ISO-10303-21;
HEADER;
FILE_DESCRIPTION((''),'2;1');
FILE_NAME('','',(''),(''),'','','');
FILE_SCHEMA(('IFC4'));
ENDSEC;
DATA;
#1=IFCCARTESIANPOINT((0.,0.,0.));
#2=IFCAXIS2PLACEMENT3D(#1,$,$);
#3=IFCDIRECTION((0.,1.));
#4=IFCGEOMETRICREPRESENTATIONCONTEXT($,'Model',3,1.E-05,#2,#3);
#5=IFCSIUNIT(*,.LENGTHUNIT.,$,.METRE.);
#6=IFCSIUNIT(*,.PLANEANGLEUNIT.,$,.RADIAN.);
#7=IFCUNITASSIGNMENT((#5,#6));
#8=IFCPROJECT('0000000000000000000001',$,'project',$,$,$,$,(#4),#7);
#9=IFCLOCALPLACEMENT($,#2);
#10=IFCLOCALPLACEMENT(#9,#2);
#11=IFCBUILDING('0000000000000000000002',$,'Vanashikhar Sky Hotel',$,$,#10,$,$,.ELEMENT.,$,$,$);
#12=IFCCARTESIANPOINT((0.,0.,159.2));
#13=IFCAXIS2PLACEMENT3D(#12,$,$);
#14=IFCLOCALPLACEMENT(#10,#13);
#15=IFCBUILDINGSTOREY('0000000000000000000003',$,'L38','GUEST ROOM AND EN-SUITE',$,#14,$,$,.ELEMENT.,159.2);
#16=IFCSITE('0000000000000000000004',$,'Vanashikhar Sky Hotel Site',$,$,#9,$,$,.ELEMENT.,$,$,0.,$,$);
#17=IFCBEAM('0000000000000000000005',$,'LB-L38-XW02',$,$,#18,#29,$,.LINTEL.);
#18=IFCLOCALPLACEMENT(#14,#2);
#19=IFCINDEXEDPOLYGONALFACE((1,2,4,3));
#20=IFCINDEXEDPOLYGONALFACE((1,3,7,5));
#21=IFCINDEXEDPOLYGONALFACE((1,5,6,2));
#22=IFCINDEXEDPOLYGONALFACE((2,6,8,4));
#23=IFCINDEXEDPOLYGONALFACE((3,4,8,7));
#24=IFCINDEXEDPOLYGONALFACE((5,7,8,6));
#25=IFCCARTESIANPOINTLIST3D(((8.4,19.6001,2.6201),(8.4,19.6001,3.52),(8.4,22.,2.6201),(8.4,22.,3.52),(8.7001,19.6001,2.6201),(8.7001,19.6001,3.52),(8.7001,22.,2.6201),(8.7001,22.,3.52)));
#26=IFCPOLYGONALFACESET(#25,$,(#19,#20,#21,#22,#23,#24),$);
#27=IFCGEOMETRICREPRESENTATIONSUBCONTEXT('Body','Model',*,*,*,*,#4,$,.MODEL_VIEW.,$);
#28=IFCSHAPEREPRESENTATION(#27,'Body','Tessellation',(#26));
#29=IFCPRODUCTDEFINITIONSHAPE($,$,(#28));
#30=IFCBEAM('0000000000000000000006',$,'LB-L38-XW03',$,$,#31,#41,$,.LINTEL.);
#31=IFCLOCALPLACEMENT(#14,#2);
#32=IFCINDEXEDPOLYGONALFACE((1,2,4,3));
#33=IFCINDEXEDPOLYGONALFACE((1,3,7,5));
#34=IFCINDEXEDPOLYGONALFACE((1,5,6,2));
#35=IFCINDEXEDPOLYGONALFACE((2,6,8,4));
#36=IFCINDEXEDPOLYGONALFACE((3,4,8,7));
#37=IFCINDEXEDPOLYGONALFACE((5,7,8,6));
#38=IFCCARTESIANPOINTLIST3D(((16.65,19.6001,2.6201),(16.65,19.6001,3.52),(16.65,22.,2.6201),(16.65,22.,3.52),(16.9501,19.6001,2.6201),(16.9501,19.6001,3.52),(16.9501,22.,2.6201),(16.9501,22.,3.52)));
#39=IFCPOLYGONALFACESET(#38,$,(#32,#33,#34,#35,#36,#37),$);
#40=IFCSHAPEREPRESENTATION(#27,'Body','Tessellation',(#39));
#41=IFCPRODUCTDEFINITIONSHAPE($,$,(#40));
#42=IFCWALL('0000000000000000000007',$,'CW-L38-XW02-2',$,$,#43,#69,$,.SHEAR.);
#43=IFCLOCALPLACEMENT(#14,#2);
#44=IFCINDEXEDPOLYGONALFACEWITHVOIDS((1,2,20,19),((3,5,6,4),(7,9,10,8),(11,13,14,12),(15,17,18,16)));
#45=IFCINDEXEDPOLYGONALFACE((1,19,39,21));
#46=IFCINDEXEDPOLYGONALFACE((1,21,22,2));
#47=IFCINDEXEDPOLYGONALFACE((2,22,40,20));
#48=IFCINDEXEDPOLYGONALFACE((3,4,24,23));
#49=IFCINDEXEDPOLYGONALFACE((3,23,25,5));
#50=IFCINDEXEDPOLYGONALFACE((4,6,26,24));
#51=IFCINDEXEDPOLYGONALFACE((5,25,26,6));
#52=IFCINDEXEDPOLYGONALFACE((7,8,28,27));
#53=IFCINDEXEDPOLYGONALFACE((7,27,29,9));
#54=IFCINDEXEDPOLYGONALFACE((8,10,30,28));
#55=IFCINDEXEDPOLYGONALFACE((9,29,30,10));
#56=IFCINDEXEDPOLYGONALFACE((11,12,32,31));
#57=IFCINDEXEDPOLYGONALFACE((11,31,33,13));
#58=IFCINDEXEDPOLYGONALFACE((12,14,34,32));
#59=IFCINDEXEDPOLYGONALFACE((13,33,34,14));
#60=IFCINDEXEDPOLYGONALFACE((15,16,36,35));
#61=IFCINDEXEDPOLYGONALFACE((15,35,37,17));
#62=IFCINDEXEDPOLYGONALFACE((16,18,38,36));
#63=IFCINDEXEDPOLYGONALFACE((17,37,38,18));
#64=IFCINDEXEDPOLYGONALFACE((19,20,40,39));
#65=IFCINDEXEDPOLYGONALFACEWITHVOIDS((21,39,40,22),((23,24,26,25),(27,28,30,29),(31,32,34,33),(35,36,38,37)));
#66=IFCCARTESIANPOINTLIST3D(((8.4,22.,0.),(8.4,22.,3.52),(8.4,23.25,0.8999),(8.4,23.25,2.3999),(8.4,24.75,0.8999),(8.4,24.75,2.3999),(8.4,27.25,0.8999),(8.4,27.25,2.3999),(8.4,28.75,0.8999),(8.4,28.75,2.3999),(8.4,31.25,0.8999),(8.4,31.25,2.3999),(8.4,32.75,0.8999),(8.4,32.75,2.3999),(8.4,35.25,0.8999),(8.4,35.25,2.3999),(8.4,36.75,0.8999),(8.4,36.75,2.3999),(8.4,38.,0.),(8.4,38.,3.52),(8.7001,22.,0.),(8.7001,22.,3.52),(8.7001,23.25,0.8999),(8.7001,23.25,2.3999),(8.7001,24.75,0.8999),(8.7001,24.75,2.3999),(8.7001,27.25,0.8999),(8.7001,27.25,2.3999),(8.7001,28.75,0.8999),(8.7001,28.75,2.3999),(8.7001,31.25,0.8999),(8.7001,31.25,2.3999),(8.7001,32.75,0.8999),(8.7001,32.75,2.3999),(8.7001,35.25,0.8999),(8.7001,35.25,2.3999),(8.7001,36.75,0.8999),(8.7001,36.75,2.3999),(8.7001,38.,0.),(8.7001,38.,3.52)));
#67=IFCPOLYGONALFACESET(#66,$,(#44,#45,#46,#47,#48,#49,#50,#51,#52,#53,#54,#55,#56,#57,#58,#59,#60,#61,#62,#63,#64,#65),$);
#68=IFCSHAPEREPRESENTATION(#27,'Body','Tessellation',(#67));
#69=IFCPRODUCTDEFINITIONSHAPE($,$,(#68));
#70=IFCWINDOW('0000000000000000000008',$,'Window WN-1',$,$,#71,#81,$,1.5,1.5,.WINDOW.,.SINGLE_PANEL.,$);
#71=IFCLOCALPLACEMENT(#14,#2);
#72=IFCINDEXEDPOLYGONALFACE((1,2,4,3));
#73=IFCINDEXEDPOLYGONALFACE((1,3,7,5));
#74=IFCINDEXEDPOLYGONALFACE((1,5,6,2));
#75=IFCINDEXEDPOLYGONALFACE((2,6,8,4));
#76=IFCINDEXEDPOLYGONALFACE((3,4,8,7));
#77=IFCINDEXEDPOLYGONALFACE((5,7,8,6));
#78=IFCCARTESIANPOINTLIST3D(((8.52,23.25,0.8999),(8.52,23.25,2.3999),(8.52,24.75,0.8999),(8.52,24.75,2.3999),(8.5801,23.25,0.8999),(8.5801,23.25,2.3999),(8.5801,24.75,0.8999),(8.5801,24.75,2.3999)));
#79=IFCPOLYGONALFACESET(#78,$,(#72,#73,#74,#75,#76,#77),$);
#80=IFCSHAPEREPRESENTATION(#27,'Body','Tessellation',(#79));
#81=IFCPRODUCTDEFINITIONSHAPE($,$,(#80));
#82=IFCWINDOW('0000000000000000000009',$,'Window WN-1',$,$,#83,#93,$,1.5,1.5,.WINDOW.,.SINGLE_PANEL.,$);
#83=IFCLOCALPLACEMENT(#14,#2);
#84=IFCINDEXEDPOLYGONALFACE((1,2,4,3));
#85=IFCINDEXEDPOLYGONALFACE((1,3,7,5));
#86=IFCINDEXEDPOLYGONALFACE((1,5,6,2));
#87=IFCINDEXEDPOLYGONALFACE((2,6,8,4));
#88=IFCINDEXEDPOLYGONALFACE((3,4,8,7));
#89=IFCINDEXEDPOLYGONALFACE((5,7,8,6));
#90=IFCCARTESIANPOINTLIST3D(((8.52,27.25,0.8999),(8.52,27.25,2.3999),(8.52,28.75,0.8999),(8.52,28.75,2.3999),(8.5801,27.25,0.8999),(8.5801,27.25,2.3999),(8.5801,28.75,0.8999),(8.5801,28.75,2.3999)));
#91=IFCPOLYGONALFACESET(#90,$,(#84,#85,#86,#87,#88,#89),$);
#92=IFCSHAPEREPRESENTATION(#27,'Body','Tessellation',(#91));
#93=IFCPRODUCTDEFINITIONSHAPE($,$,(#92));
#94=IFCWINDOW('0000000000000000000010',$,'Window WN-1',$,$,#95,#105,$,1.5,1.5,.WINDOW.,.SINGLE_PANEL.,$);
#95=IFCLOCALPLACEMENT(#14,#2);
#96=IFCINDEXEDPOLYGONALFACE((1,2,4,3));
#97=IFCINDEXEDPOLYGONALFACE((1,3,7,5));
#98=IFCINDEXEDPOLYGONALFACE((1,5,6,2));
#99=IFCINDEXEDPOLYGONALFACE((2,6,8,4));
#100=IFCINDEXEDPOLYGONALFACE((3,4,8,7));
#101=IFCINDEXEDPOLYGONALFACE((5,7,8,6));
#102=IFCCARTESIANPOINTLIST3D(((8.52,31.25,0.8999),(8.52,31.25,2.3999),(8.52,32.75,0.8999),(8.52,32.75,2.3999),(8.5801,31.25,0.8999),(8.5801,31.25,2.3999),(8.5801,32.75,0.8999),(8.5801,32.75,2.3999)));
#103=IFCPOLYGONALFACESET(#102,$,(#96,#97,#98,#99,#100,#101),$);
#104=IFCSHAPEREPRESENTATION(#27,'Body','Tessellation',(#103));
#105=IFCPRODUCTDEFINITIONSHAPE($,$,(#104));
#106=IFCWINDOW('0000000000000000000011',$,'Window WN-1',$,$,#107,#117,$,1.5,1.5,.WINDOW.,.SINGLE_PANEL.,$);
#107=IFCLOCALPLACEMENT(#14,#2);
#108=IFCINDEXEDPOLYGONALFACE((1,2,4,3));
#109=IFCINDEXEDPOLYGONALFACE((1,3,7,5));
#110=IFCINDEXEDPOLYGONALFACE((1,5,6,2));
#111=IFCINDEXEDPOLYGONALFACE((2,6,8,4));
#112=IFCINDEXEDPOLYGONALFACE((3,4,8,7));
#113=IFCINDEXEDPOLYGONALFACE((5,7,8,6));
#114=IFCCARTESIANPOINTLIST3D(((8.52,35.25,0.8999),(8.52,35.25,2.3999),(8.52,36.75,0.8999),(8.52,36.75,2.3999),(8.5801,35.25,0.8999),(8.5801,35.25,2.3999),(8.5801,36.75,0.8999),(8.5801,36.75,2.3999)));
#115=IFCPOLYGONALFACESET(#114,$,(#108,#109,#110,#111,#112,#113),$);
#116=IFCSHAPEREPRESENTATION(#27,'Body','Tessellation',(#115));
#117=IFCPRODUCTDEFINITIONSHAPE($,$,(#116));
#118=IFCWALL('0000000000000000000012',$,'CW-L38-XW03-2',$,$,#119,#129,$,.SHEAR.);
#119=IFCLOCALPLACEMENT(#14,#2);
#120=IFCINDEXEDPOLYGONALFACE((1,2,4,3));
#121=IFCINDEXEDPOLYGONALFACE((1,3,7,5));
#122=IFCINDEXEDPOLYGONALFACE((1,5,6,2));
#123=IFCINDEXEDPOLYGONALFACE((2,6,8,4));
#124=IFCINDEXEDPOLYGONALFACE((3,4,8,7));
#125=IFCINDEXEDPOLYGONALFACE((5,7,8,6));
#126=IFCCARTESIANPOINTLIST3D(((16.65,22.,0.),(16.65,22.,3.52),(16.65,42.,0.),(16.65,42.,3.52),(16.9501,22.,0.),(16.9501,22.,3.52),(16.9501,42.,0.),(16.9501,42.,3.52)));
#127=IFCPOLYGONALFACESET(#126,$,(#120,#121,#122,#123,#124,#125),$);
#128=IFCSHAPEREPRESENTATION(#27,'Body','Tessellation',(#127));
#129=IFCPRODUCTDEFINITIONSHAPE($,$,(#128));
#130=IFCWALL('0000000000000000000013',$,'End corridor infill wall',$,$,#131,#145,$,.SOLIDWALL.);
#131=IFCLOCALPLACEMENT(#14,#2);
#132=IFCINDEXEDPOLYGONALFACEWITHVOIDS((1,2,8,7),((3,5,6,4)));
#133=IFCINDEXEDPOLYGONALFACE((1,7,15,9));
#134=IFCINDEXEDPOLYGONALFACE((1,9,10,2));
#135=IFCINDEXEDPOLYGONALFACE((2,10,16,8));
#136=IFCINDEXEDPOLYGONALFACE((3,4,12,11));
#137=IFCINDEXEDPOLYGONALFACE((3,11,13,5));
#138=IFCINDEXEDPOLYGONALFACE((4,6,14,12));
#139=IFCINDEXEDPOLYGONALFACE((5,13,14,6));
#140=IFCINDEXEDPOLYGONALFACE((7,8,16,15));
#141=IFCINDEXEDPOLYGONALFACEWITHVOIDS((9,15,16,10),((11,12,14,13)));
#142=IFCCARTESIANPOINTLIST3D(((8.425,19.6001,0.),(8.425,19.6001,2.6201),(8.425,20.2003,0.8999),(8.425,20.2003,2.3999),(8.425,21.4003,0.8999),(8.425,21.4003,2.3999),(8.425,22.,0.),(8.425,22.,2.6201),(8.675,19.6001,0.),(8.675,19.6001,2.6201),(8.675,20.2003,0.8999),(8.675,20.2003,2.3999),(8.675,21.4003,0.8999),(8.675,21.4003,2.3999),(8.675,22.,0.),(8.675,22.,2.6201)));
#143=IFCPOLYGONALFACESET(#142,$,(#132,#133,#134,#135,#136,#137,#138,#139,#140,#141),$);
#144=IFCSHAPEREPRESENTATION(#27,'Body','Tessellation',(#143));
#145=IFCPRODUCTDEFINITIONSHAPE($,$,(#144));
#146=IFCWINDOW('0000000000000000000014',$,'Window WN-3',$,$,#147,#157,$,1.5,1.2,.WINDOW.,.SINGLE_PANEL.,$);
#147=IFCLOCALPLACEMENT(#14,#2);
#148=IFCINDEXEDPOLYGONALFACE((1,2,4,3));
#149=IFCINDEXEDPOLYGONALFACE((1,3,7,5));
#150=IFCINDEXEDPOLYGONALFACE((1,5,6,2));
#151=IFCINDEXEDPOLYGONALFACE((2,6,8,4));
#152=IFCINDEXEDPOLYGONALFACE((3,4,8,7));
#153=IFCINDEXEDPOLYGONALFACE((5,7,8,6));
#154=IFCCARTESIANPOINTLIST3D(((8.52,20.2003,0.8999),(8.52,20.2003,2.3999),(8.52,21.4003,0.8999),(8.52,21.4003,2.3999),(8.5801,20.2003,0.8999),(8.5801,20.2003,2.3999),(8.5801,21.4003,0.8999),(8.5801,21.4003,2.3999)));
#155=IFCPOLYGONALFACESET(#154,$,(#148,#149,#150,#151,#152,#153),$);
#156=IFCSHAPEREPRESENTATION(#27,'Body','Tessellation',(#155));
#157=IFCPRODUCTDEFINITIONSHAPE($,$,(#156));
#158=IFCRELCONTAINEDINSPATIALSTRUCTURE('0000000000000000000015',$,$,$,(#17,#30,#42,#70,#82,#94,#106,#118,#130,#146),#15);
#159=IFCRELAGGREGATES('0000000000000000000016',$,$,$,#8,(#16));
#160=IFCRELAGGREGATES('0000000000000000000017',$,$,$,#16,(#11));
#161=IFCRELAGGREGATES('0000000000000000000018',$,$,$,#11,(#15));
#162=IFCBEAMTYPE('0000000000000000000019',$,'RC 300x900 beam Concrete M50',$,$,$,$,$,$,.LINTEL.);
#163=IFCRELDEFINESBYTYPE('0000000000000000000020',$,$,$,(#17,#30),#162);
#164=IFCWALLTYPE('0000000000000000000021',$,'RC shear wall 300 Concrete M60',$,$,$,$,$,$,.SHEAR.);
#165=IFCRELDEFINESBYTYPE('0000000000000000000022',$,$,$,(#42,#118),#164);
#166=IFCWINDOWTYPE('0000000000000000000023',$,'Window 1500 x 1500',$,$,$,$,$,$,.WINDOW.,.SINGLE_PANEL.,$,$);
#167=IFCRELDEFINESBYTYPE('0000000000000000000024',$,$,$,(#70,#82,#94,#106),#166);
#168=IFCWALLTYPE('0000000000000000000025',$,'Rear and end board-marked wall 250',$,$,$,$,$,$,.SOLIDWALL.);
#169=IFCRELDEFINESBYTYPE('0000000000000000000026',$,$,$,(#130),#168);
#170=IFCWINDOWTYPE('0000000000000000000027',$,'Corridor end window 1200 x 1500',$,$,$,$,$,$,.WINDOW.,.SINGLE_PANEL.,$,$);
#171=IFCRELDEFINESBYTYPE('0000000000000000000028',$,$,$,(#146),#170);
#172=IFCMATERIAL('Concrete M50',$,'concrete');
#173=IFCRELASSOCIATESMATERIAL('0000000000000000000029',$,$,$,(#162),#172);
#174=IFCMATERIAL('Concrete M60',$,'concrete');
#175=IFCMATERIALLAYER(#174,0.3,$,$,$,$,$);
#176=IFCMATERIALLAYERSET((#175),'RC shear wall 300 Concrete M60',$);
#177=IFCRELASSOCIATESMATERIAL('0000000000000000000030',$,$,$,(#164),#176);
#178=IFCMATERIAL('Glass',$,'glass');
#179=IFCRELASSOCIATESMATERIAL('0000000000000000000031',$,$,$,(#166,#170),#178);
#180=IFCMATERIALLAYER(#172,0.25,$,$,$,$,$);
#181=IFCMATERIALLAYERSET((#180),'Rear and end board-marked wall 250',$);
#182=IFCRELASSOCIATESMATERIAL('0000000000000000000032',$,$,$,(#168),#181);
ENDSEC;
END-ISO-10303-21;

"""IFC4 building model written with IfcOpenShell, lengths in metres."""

from ifc_helpers import new_model, si_unit, direction, frame, frame_2d, origin, origin_2d, place, context, subcontext, project, spatial, rectangle, extrude, source, transform, mapped, material, layer, layer_set, material_profile, profile_set, type_object, element, fill, save


model = new_model("IFC4")

# Units and contexts
model_context = context("Model", 3, precision=1e-05, world=origin(), true_north=direction((0.0, 1.0)))
body_context = subcontext(model_context, "Body", "Model", "MODEL_VIEW")
ifc_project = project(units=[si_unit("LENGTHUNIT", "METRE"), si_unit("PLANEANGLEUNIT", "RADIAN")], contexts=[model_context])

# Site, building, storey
site_placement = place(None, origin())
site = spatial("IfcSite", under=ifc_project, at=site_placement, Name="Vanashikhar Sky Hotel Site", CompositionType="ELEMENT", RefElevation=0.0)
building_placement = place(site_placement, origin())
building = spatial("IfcBuilding", under=site, at=building_placement, Name="Vanashikhar Sky Hotel", CompositionType="ELEMENT")
storey_placement = place(building_placement, frame((0.0, 0.0, 159.2)))
storey = spatial("IfcBuildingStorey", under=building, at=storey_placement, Name="L38", Description="GUEST ROOM AND EN-SUITE", CompositionType="ELEMENT", Elevation=159.2)

# Beams
ifc_material_1 = material(Name="Concrete M50", Category="concrete")
ifc_material_profile = material_profile(ifc_material_1, rectangle(XDim=0.3, YDim=0.8999, at=origin_2d()))
ifc_profile_set = profile_set([ifc_material_profile], Name="RC 300x900 beam Concrete M50")
beam_type = type_object("IfcBeamType", Name="RC 300x900 beam Concrete M50", PredefinedType="LINTEL", material=ifc_profile_set)
shared_shape_1 = source(origin(), body_context, "Body", "SweptSolid", [
    extrude(rectangle(XDim=0.3, YDim=0.8999, at=origin_2d()), origin(), (0.0, 0.0, 1.0), 2.3999),
])
for number, where, z_axis, x_axis, name in (
    (1, (8.55, 19.6001, 3.0701), (0.0, 1.0, 0.0), (-1.0, 0.0, 0.0), "LB-L38-XW02"),
    (2, (16.8, 19.6001, 3.0701), (0.0, 1.0, 0.0), (-1.0, 0.0, 0.0), "LB-L38-XW03"),
):
    element("IfcBeam", number, at=place(storey_placement, frame(where, z_axis=z_axis, x_axis=x_axis)), inside=storey, type_object=beam_type, Name=name, PredefinedType="LINTEL", context=body_context, shape_type="MappedRepresentation", body=[
        mapped(shared_shape_1, transform((0.0, 0.0, 0.0), scale=1.0)),
    ])

# Wall, openings, windows
ifc_material_2 = material(Name="Concrete M60", Category="concrete")
ifc_layer_1 = layer(ifc_material_2, 0.3)
ifc_layer_set_1 = layer_set([ifc_layer_1], Name="RC shear wall 300 Concrete M60")
wall_type_1 = type_object("IfcWallType", Name="RC shear wall 300 Concrete M60", PredefinedType="SHEAR", material=ifc_layer_set_1)
shared_shape_2 = source(origin(), body_context, "Body", "SweptSolid", [
    extrude(rectangle(XDim=16.0, YDim=0.3, at=frame_2d((8.0, 0.0))), origin(), (0.0, 0.0, 1.0), 3.52),
])
wall_1_placement = place(storey_placement, frame((8.55, 22.0, 0.0), z_axis=(0.0, 0.0, 1.0), x_axis=(0.0, 1.0, 0.0)))
wall_1 = element("IfcWall", 3, at=wall_1_placement, inside=storey, type_object=wall_type_1, Name="CW-L38-XW02-2", PredefinedType="SHEAR", context=body_context, shape_type="MappedRepresentation", body=[
    mapped(shared_shape_2, transform((0.0, 0.0, 0.0), scale=1.0)),
])
shared_shape_3 = source(origin(), body_context, "Body", "SweptSolid", [
    extrude(rectangle(XDim=1.5, YDim=1.5, at=frame_2d((0.75, 0.75))), frame((0.0, 0.1602, 0.0), z_axis=(0.0, -1.0, 0.0), x_axis=(1.0, 0.0, 0.0)), (0.0, 0.0, 1.0), 0.3201),
])
opening_1_placement = place(wall_1_placement, frame((1.25, 0.0, 0.8999)))
opening_1 = element("IfcOpeningElement", 4, at=opening_1_placement, cuts=wall_1, PredefinedType="OPENING", context=body_context, shape_type="MappedRepresentation", body=[
    mapped(shared_shape_3, transform((0.0, 0.0, 0.0), scale=1.0)),
])
opening_2_placement = place(wall_1_placement, frame((5.25, 0.0, 0.8999)))
opening_2 = element("IfcOpeningElement", 5, at=opening_2_placement, cuts=wall_1, PredefinedType="OPENING", context=body_context, shape_type="MappedRepresentation", body=[
    mapped(shared_shape_3, transform((0.0, 0.0, 0.0), scale=1.0)),
])
opening_3_placement = place(wall_1_placement, frame((9.25, 0.0, 0.8999)))
opening_3 = element("IfcOpeningElement", 6, at=opening_3_placement, cuts=wall_1, PredefinedType="OPENING", context=body_context, shape_type="MappedRepresentation", body=[
    mapped(shared_shape_3, transform((0.0, 0.0, 0.0), scale=1.0)),
])
opening_4_placement = place(wall_1_placement, frame((13.25, 0.0, 0.8999)))
opening_4 = element("IfcOpeningElement", 7, at=opening_4_placement, cuts=wall_1, PredefinedType="OPENING", context=body_context, shape_type="MappedRepresentation", body=[
    mapped(shared_shape_3, transform((0.0, 0.0, 0.0), scale=1.0)),
])
ifc_material_3 = material(Name="Glass", Category="glass")
window_type_1 = type_object("IfcWindowType", Name="Window 1500 x 1500", PartitioningType="SINGLE_PANEL", PredefinedType="WINDOW", material=ifc_material_3)
shared_shape_4 = source(origin(), body_context, "Body", "SweptSolid", [
    extrude(rectangle(XDim=1.5, YDim=1.5, at=frame_2d((0.75, 0.75))), frame((0.0, 0.03, 0.0), z_axis=(0.0, -1.0, 0.0), x_axis=(1.0, 0.0, 0.0)), (0.0, 0.0, 1.0), 0.0601),
])
window_1_placement = place(opening_1_placement, origin())
window_1 = element("IfcWindow", 8, at=window_1_placement, inside=storey, type_object=window_type_1, Name="Window WN-1", OverallHeight=1.5, OverallWidth=1.5, PartitioningType="SINGLE_PANEL", PredefinedType="WINDOW", context=body_context, shape_type="MappedRepresentation", body=[
    mapped(shared_shape_4, transform((0.0, 0.0, 0.0), scale=1.0)),
])
fill(opening_1, window_1)
window_2_placement = place(opening_2_placement, origin())
window_2 = element("IfcWindow", 9, at=window_2_placement, inside=storey, type_object=window_type_1, Name="Window WN-1", OverallHeight=1.5, OverallWidth=1.5, PartitioningType="SINGLE_PANEL", PredefinedType="WINDOW", context=body_context, shape_type="MappedRepresentation", body=[
    mapped(shared_shape_4, transform((0.0, 0.0, 0.0), scale=1.0)),
])
fill(opening_2, window_2)
window_3_placement = place(opening_3_placement, origin())
window_3 = element("IfcWindow", 10, at=window_3_placement, inside=storey, type_object=window_type_1, Name="Window WN-1", OverallHeight=1.5, OverallWidth=1.5, PartitioningType="SINGLE_PANEL", PredefinedType="WINDOW", context=body_context, shape_type="MappedRepresentation", body=[
    mapped(shared_shape_4, transform((0.0, 0.0, 0.0), scale=1.0)),
])
fill(opening_3, window_3)
window_4_placement = place(opening_4_placement, origin())
window_4 = element("IfcWindow", 11, at=window_4_placement, inside=storey, type_object=window_type_1, Name="Window WN-1", OverallHeight=1.5, OverallWidth=1.5, PartitioningType="SINGLE_PANEL", PredefinedType="WINDOW", context=body_context, shape_type="MappedRepresentation", body=[
    mapped(shared_shape_4, transform((0.0, 0.0, 0.0), scale=1.0)),
])
fill(opening_4, window_4)

# Wall
shared_shape_5 = source(origin(), body_context, "Body", "SweptSolid", [
    extrude(rectangle(XDim=20.0, YDim=0.3, at=frame_2d((10.0, 0.0))), origin(), (0.0, 0.0, 1.0), 3.52),
])
wall_2_placement = place(storey_placement, frame((16.8, 22.0, 0.0), z_axis=(0.0, 0.0, 1.0), x_axis=(0.0, 1.0, 0.0)))
element("IfcWall", 12, at=wall_2_placement, inside=storey, type_object=wall_type_1, Name="CW-L38-XW03-2", PredefinedType="SHEAR", context=body_context, shape_type="MappedRepresentation", body=[
    mapped(shared_shape_5, transform((0.0, 0.0, 0.0), scale=1.0)),
])

# Wall, opening, window
ifc_layer_2 = layer(ifc_material_1, 0.25)
ifc_layer_set_2 = layer_set([ifc_layer_2], Name="Rear and end board-marked wall 250")
wall_type_2 = type_object("IfcWallType", Name="Rear and end board-marked wall 250", PredefinedType="SOLIDWALL", material=ifc_layer_set_2)
shared_shape_6 = source(origin(), body_context, "Body", "SweptSolid", [
    extrude(rectangle(XDim=2.3999, YDim=0.25, at=frame_2d((1.2, 0.0))), origin(), (0.0, 0.0, 1.0), 2.6201),
])
wall_3_placement = place(storey_placement, frame((8.55, 19.6001, 0.0), z_axis=(0.0, 0.0, 1.0), x_axis=(0.0, 1.0, 0.0)))
wall_3 = element("IfcWall", 13, at=wall_3_placement, inside=storey, type_object=wall_type_2, Name="End corridor infill wall", PredefinedType="SOLIDWALL", context=body_context, shape_type="MappedRepresentation", body=[
    mapped(shared_shape_6, transform((0.0, 0.0, 0.0), scale=1.0)),
])
shared_shape_7 = source(origin(), body_context, "Body", "SweptSolid", [
    extrude(rectangle(XDim=1.2, YDim=1.5, at=frame_2d((0.6001, 0.75))), frame((0.0, 0.135, 0.0), z_axis=(0.0, -1.0, 0.0), x_axis=(1.0, 0.0, 0.0)), (0.0, 0.0, 1.0), 0.27),
])
opening_5_placement = place(wall_3_placement, frame((0.6001, 0.0, 0.8999)))
opening_5 = element("IfcOpeningElement", 14, at=opening_5_placement, cuts=wall_3, PredefinedType="OPENING", context=body_context, shape_type="MappedRepresentation", body=[
    mapped(shared_shape_7, transform((0.0, 0.0, 0.0), scale=1.0)),
])
window_type_2 = type_object("IfcWindowType", Name="Corridor end window 1200 x 1500", PartitioningType="SINGLE_PANEL", PredefinedType="WINDOW", material=ifc_material_3)
shared_shape_8 = source(origin(), body_context, "Body", "SweptSolid", [
    extrude(rectangle(XDim=1.2, YDim=1.5, at=frame_2d((0.6001, 0.75))), frame((0.0, 0.03, 0.0), z_axis=(0.0, -1.0, 0.0), x_axis=(1.0, 0.0, 0.0)), (0.0, 0.0, 1.0), 0.0601),
])
window_5_placement = place(opening_5_placement, origin())
window_5 = element("IfcWindow", 15, at=window_5_placement, inside=storey, type_object=window_type_2, Name="Window WN-3", OverallHeight=1.5, OverallWidth=1.2, PartitioningType="SINGLE_PANEL", PredefinedType="WINDOW", context=body_context, shape_type="MappedRepresentation", body=[
    mapped(shared_shape_8, transform((0.0, 0.0, 0.0), scale=1.0)),
])
fill(opening_5, window_5)

save(model, "model.ifc")
